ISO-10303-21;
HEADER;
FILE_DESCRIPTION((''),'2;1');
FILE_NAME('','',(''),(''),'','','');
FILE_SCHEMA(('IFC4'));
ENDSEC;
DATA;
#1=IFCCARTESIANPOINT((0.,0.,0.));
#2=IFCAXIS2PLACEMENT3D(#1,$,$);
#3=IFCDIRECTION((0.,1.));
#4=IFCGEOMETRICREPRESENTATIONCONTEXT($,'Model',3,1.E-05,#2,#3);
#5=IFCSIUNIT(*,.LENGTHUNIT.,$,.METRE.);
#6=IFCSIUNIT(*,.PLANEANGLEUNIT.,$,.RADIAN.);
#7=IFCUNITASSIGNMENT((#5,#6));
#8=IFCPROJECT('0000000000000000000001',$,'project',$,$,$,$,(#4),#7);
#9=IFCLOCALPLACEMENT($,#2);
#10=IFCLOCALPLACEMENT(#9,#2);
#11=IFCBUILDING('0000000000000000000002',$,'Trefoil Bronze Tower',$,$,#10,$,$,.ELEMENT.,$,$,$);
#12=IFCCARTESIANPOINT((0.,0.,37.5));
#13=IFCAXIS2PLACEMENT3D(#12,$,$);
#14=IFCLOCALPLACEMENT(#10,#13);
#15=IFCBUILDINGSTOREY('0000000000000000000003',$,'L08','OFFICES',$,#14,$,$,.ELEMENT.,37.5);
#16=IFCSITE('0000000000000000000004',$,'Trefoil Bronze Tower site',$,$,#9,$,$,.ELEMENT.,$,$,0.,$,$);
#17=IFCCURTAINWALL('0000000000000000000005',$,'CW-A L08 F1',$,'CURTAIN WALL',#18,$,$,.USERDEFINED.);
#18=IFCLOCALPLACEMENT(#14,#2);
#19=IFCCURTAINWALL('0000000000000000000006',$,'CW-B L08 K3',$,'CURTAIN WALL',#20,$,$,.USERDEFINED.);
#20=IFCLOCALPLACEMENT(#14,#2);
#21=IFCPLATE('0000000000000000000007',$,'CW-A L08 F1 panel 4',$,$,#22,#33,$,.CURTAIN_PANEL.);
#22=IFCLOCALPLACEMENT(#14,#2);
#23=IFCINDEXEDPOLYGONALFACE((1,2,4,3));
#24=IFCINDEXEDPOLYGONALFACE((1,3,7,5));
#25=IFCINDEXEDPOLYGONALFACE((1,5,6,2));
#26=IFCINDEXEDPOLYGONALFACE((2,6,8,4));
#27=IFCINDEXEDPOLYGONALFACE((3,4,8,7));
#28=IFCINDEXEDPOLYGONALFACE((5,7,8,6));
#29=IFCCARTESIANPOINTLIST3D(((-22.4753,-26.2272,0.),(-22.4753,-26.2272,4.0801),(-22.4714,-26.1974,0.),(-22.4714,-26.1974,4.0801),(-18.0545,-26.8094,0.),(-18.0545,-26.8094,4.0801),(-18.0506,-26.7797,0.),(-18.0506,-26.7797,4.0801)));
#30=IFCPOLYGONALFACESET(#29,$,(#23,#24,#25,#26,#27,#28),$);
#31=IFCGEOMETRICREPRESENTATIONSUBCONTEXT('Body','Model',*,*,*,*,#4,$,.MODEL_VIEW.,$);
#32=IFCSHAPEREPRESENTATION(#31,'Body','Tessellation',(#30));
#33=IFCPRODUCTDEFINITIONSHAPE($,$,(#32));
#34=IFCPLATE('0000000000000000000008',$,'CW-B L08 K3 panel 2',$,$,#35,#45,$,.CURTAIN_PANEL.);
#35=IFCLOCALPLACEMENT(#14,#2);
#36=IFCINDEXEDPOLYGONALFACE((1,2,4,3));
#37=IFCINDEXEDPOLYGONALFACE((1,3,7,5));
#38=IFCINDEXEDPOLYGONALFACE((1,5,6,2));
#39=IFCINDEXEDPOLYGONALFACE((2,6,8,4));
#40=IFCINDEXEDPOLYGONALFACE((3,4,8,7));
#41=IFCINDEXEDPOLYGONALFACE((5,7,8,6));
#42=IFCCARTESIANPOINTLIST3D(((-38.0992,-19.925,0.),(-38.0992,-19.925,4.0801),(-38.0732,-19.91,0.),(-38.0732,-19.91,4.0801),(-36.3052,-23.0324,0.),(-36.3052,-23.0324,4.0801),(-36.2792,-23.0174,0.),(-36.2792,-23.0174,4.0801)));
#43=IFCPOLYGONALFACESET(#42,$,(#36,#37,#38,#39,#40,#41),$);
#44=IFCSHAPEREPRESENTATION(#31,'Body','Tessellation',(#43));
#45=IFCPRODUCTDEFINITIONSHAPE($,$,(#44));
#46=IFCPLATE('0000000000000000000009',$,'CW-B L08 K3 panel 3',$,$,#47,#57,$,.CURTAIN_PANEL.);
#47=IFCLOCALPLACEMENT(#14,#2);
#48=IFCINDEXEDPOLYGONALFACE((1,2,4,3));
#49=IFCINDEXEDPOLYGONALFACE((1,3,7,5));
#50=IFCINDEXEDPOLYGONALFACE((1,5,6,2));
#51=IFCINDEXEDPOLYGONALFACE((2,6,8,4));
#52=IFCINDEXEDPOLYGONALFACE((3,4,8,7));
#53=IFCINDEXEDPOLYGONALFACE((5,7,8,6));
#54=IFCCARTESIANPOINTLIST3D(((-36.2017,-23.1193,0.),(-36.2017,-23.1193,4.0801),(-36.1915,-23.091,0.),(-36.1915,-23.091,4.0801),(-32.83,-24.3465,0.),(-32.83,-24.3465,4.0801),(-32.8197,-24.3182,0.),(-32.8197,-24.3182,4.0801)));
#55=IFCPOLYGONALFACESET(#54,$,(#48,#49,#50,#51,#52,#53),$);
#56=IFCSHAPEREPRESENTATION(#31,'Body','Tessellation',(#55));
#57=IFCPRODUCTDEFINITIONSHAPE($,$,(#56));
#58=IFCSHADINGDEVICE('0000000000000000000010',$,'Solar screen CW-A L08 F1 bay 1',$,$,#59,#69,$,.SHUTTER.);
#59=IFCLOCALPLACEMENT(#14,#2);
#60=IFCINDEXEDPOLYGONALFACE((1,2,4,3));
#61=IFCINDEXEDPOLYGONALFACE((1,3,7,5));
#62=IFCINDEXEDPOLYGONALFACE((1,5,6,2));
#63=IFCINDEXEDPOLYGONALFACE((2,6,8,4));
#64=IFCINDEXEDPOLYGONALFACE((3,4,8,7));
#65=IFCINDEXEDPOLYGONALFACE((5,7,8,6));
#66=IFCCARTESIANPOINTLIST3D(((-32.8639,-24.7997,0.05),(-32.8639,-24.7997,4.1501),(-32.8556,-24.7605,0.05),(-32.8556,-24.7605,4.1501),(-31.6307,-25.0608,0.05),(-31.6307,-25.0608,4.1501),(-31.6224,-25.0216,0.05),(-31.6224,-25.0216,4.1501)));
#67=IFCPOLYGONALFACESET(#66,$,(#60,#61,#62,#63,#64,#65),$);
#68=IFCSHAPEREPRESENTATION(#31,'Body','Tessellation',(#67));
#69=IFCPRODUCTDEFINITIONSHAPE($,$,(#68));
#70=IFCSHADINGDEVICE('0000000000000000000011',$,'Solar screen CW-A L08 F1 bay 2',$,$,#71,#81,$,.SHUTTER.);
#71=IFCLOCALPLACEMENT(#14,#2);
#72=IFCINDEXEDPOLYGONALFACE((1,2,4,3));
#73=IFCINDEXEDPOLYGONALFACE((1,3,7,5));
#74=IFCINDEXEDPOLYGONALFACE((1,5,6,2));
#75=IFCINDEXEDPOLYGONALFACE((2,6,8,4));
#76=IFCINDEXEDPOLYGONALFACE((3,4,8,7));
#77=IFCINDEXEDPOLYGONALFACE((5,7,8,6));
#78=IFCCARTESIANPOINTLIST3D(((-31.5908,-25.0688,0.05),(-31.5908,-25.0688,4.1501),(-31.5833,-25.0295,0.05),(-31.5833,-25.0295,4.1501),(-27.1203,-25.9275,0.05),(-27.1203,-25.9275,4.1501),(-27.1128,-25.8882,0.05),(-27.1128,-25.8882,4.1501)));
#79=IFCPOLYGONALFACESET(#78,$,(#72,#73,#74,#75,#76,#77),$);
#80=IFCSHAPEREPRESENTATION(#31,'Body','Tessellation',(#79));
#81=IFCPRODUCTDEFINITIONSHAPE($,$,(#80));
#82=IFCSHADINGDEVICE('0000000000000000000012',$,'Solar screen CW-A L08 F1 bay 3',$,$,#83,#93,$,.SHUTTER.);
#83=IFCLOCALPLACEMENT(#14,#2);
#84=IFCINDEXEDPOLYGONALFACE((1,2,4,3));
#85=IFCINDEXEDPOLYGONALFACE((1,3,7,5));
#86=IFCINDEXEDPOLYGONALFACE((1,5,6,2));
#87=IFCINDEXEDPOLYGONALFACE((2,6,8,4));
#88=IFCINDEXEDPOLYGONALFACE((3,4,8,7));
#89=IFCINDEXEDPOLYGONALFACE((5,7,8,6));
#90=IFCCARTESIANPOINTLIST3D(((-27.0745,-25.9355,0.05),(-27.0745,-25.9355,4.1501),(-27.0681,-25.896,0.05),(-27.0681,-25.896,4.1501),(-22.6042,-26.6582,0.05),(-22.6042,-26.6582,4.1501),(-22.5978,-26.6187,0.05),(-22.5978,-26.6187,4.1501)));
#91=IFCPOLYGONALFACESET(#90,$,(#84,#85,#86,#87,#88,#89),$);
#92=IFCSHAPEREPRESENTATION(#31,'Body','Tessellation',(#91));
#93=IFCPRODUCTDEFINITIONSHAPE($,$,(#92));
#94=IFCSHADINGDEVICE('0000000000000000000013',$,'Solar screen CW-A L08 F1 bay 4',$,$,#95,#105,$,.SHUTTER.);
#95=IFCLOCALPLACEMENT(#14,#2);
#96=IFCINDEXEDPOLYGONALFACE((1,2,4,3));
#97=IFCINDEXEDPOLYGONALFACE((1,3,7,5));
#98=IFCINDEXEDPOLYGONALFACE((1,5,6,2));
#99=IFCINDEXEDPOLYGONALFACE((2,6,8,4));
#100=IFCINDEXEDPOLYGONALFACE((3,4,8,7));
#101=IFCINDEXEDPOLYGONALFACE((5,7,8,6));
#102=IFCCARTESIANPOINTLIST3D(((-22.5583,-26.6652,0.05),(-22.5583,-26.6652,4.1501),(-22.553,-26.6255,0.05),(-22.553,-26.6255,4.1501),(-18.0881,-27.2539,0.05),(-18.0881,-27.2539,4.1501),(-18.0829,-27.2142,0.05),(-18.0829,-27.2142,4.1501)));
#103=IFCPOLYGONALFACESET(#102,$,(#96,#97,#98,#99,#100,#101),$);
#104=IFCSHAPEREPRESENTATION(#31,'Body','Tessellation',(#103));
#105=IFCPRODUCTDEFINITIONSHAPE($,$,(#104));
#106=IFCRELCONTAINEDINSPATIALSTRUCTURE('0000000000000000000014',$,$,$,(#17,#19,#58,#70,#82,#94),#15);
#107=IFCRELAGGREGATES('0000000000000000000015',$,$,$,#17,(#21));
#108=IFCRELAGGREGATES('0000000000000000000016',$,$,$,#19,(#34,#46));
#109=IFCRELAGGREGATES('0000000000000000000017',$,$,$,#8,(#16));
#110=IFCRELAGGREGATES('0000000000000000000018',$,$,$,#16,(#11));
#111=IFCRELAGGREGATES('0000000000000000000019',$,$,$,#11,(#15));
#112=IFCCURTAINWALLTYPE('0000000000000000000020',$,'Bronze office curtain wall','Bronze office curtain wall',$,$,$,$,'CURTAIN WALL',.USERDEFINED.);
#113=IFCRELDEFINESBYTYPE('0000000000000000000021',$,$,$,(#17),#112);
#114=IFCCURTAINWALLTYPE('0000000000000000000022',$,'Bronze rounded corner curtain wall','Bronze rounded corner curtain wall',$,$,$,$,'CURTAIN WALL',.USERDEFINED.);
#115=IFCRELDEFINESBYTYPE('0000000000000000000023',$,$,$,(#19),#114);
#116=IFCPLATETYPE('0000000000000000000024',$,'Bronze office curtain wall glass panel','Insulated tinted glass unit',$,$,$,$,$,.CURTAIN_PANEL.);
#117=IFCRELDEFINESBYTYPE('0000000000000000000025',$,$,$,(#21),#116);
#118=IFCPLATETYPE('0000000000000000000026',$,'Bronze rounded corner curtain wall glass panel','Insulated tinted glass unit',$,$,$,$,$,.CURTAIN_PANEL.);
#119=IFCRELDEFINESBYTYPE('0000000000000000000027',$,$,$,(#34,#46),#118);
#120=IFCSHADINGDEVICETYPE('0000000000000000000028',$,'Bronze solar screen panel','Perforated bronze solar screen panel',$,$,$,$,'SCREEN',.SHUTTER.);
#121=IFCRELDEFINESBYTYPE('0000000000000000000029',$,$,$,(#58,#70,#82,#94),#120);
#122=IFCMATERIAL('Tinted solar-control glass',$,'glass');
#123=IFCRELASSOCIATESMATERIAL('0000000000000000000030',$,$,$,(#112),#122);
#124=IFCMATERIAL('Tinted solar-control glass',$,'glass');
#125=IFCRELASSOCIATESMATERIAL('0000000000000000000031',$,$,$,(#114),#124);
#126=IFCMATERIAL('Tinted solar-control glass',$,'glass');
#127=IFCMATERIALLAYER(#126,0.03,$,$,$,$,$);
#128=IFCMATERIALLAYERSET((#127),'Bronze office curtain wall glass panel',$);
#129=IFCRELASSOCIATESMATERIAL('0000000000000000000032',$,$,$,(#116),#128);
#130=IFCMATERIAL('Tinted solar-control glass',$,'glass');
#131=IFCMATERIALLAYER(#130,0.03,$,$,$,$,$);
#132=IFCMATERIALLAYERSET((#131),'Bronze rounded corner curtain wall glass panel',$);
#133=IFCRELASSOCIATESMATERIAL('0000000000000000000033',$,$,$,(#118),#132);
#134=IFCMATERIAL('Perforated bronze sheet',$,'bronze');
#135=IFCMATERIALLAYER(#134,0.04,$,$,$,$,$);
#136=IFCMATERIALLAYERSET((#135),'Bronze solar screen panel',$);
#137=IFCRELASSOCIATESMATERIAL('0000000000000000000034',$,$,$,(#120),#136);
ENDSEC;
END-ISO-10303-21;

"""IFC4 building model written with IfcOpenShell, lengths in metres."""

from ifc_helpers import new_model, si_unit, direction, frame, origin, origin_2d, place, context, subcontext, project, spatial, rectangle, extrude, material, layer, layer_set, type_object, element, aggregate, save


model = new_model("IFC4")

# Units and contexts
model_context = context("Model", 3, precision=1e-05, world=origin(), true_north=direction((0.0, 1.0)))
body_context = subcontext(model_context, "Body", "Model", "MODEL_VIEW")
ifc_project = project(units=[si_unit("LENGTHUNIT", "METRE"), si_unit("PLANEANGLEUNIT", "RADIAN")], contexts=[model_context])

# Site, building, storey
site_placement = place(None, origin())
site = spatial("IfcSite", under=ifc_project, at=site_placement, Name="Trefoil Bronze Tower site", CompositionType="ELEMENT", RefElevation=0.0)
building_placement = place(site_placement, origin())
building = spatial("IfcBuilding", under=site, at=building_placement, Name="Trefoil Bronze Tower", CompositionType="ELEMENT")
storey_placement = place(building_placement, frame((0.0, 0.0, 37.5)))
storey = spatial("IfcBuildingStorey", under=building, at=storey_placement, Name="L08", Description="OFFICES", CompositionType="ELEMENT", Elevation=37.5)

# Curtain walls
ifc_material_1 = material(Name="Tinted solar-control glass", Category="glass")
curtain_wall_type_1 = type_object("IfcCurtainWallType", Name="Bronze office curtain wall", Description="Bronze office curtain wall", ElementType="CURTAIN WALL", PredefinedType="USERDEFINED", material=ifc_material_1)
curtain_wall_1_placement = place(storey_placement, origin())
curtain_wall_1 = element("IfcCurtainWall", 1, at=curtain_wall_1_placement, inside=storey, type_object=curtain_wall_type_1, Name="CW-A L08 F1", ObjectType="CURTAIN WALL", PredefinedType="USERDEFINED")
ifc_material_2 = material(Name="Tinted solar-control glass", Category="glass")
curtain_wall_type_2 = type_object("IfcCurtainWallType", Name="Bronze rounded corner curtain wall", Description="Bronze rounded corner curtain wall", ElementType="CURTAIN WALL", PredefinedType="USERDEFINED", material=ifc_material_2)
curtain_wall_2_placement = place(storey_placement, origin())
curtain_wall_2 = element("IfcCurtainWall", 2, at=curtain_wall_2_placement, inside=storey, type_object=curtain_wall_type_2, Name="CW-B L08 K3", ObjectType="CURTAIN WALL", PredefinedType="USERDEFINED")

# Plates
ifc_material_3 = material(Name="Tinted solar-control glass", Category="glass")
ifc_layer_1 = layer(ifc_material_3, 0.03)
ifc_layer_set_1 = layer_set([ifc_layer_1], Name="Bronze office curtain wall glass panel")
plate_type_1 = type_object("IfcPlateType", Name="Bronze office curtain wall glass panel", Description="Insulated tinted glass unit", PredefinedType="CURTAIN_PANEL", material=ifc_layer_set_1)
plate_1_placement = place(storey_placement, frame((-20.2629, -26.5034, 0.0), z_axis=(0.0, 0.0, 1.0), x_axis=(0.991437, -0.130584, 0.0)))
plate_1 = element("IfcPlate", 3, at=plate_1_placement, type_object=plate_type_1, Name="CW-A L08 F1 panel 4", PredefinedType="CURTAIN_PANEL", context=body_context, shape_type="SweptSolid", body=[
    extrude(rectangle(XDim=4.459, YDim=0.03, at=origin_2d()), origin(), (0.0, 0.0, 1.0), 4.0801),
])
aggregate(curtain_wall_1, [plate_1])
ifc_material_4 = material(Name="Tinted solar-control glass", Category="glass")
ifc_layer_2 = layer(ifc_material_4, 0.03)
ifc_layer_set_2 = layer_set([ifc_layer_2], Name="Bronze rounded corner curtain wall glass panel")
plate_type_2 = type_object("IfcPlateType", Name="Bronze rounded corner curtain wall glass panel", Description="Insulated tinted glass unit", PredefinedType="CURTAIN_PANEL", material=ifc_layer_set_2)
plate_2_placement = place(storey_placement, frame((-37.1892, -21.4712, 0.0), z_axis=(0.0, 0.0, 1.0), x_axis=(0.5, -0.866025, 0.0)))
plate_2 = element("IfcPlate", 4, at=plate_2_placement, type_object=plate_type_2, Name="CW-B L08 K3 panel 2", PredefinedType="CURTAIN_PANEL", context=body_context, shape_type="SweptSolid", body=[
    extrude(rectangle(XDim=3.5881, YDim=0.03, at=origin_2d()), origin(), (0.0, 0.0, 1.0), 4.0801),
])
plate_3_placement = place(storey_placement, frame((-34.5107, -23.7188, 0.0), z_axis=(0.0, 0.0, 1.0), x_axis=(0.939693, -0.34202, 0.0)))
plate_3 = element("IfcPlate", 5, at=plate_3_placement, type_object=plate_type_2, Name="CW-B L08 K3 panel 3", PredefinedType="CURTAIN_PANEL", context=body_context, shape_type="SweptSolid", body=[
    extrude(rectangle(XDim=3.5881, YDim=0.03, at=origin_2d()), origin(), (0.0, 0.0, 1.0), 4.0801),
])
aggregate(curtain_wall_2, [plate_2, plate_3])

# Shading devices
ifc_material_5 = material(Name="Perforated bronze sheet", Category="bronze")
ifc_layer_3 = layer(ifc_material_5, 0.04)
ifc_layer_set_3 = layer_set([ifc_layer_3], Name="Bronze solar screen panel")
shading_device_type = type_object("IfcShadingDeviceType", Name="Bronze solar screen panel", Description="Perforated bronze solar screen panel", ElementType="SCREEN", PredefinedType="SHUTTER", material=ifc_layer_set_3)
shading_device_1_placement = place(storey_placement, frame((-32.2432, -24.9106, 0.05), z_axis=(0.0, 0.0, 1.0), x_axis=(0.978303, -0.207181, 0.0)))
element("IfcShadingDevice", 6, at=shading_device_1_placement, inside=storey, type_object=shading_device_type, Name="Solar screen CW-A L08 F1 bay 1", PredefinedType="SHUTTER", context=body_context, shape_type="SweptSolid", body=[
    extrude(rectangle(XDim=1.2605, YDim=0.04, at=origin_2d()), origin(), (0.0, 0.0, 1.0), 4.1001),
])
shading_device_2_placement = place(storey_placement, frame((-29.3518, -25.4785, 0.05), z_axis=(0.0, 0.0, 1.0), x_axis=(0.98205, -0.188622, 0.0)))
element("IfcShadingDevice", 7, at=shading_device_2_placement, inside=storey, type_object=shading_device_type, Name="Solar screen CW-A L08 F1 bay 2", PredefinedType="SHUTTER", context=body_context, shape_type="SweptSolid", body=[
    extrude(rectangle(XDim=4.5522, YDim=0.04, at=origin_2d()), origin(), (0.0, 0.0, 1.0), 4.1001),
])
shading_device_3_placement = place(storey_placement, frame((-24.8362, -26.2771, 0.05), z_axis=(0.0, 0.0, 1.0), x_axis=(0.987181, -0.159603, 0.0)))
element("IfcShadingDevice", 8, at=shading_device_3_placement, inside=storey, type_object=shading_device_type, Name="Solar screen CW-A L08 F1 bay 3", PredefinedType="SHUTTER", context=body_context, shape_type="SweptSolid", body=[
    extrude(rectangle(XDim=4.5283, YDim=0.04, at=origin_2d()), origin(), (0.0, 0.0, 1.0), 4.1001),
])
shading_device_4_placement = place(storey_placement, frame((-20.3206, -26.9397, 0.05), z_axis=(0.0, 0.0, 1.0), x_axis=(0.991437, -0.130584, 0.0)))
element("IfcShadingDevice", 9, at=shading_device_4_placement, inside=storey, type_object=shading_device_type, Name="Solar screen CW-A L08 F1 bay 4", PredefinedType="SHUTTER", context=body_context, shape_type="SweptSolid", body=[
    extrude(rectangle(XDim=4.5088, YDim=0.04, at=origin_2d()), origin(), (0.0, 0.0, 1.0), 4.1001),
])

save(model, "model.ifc")
